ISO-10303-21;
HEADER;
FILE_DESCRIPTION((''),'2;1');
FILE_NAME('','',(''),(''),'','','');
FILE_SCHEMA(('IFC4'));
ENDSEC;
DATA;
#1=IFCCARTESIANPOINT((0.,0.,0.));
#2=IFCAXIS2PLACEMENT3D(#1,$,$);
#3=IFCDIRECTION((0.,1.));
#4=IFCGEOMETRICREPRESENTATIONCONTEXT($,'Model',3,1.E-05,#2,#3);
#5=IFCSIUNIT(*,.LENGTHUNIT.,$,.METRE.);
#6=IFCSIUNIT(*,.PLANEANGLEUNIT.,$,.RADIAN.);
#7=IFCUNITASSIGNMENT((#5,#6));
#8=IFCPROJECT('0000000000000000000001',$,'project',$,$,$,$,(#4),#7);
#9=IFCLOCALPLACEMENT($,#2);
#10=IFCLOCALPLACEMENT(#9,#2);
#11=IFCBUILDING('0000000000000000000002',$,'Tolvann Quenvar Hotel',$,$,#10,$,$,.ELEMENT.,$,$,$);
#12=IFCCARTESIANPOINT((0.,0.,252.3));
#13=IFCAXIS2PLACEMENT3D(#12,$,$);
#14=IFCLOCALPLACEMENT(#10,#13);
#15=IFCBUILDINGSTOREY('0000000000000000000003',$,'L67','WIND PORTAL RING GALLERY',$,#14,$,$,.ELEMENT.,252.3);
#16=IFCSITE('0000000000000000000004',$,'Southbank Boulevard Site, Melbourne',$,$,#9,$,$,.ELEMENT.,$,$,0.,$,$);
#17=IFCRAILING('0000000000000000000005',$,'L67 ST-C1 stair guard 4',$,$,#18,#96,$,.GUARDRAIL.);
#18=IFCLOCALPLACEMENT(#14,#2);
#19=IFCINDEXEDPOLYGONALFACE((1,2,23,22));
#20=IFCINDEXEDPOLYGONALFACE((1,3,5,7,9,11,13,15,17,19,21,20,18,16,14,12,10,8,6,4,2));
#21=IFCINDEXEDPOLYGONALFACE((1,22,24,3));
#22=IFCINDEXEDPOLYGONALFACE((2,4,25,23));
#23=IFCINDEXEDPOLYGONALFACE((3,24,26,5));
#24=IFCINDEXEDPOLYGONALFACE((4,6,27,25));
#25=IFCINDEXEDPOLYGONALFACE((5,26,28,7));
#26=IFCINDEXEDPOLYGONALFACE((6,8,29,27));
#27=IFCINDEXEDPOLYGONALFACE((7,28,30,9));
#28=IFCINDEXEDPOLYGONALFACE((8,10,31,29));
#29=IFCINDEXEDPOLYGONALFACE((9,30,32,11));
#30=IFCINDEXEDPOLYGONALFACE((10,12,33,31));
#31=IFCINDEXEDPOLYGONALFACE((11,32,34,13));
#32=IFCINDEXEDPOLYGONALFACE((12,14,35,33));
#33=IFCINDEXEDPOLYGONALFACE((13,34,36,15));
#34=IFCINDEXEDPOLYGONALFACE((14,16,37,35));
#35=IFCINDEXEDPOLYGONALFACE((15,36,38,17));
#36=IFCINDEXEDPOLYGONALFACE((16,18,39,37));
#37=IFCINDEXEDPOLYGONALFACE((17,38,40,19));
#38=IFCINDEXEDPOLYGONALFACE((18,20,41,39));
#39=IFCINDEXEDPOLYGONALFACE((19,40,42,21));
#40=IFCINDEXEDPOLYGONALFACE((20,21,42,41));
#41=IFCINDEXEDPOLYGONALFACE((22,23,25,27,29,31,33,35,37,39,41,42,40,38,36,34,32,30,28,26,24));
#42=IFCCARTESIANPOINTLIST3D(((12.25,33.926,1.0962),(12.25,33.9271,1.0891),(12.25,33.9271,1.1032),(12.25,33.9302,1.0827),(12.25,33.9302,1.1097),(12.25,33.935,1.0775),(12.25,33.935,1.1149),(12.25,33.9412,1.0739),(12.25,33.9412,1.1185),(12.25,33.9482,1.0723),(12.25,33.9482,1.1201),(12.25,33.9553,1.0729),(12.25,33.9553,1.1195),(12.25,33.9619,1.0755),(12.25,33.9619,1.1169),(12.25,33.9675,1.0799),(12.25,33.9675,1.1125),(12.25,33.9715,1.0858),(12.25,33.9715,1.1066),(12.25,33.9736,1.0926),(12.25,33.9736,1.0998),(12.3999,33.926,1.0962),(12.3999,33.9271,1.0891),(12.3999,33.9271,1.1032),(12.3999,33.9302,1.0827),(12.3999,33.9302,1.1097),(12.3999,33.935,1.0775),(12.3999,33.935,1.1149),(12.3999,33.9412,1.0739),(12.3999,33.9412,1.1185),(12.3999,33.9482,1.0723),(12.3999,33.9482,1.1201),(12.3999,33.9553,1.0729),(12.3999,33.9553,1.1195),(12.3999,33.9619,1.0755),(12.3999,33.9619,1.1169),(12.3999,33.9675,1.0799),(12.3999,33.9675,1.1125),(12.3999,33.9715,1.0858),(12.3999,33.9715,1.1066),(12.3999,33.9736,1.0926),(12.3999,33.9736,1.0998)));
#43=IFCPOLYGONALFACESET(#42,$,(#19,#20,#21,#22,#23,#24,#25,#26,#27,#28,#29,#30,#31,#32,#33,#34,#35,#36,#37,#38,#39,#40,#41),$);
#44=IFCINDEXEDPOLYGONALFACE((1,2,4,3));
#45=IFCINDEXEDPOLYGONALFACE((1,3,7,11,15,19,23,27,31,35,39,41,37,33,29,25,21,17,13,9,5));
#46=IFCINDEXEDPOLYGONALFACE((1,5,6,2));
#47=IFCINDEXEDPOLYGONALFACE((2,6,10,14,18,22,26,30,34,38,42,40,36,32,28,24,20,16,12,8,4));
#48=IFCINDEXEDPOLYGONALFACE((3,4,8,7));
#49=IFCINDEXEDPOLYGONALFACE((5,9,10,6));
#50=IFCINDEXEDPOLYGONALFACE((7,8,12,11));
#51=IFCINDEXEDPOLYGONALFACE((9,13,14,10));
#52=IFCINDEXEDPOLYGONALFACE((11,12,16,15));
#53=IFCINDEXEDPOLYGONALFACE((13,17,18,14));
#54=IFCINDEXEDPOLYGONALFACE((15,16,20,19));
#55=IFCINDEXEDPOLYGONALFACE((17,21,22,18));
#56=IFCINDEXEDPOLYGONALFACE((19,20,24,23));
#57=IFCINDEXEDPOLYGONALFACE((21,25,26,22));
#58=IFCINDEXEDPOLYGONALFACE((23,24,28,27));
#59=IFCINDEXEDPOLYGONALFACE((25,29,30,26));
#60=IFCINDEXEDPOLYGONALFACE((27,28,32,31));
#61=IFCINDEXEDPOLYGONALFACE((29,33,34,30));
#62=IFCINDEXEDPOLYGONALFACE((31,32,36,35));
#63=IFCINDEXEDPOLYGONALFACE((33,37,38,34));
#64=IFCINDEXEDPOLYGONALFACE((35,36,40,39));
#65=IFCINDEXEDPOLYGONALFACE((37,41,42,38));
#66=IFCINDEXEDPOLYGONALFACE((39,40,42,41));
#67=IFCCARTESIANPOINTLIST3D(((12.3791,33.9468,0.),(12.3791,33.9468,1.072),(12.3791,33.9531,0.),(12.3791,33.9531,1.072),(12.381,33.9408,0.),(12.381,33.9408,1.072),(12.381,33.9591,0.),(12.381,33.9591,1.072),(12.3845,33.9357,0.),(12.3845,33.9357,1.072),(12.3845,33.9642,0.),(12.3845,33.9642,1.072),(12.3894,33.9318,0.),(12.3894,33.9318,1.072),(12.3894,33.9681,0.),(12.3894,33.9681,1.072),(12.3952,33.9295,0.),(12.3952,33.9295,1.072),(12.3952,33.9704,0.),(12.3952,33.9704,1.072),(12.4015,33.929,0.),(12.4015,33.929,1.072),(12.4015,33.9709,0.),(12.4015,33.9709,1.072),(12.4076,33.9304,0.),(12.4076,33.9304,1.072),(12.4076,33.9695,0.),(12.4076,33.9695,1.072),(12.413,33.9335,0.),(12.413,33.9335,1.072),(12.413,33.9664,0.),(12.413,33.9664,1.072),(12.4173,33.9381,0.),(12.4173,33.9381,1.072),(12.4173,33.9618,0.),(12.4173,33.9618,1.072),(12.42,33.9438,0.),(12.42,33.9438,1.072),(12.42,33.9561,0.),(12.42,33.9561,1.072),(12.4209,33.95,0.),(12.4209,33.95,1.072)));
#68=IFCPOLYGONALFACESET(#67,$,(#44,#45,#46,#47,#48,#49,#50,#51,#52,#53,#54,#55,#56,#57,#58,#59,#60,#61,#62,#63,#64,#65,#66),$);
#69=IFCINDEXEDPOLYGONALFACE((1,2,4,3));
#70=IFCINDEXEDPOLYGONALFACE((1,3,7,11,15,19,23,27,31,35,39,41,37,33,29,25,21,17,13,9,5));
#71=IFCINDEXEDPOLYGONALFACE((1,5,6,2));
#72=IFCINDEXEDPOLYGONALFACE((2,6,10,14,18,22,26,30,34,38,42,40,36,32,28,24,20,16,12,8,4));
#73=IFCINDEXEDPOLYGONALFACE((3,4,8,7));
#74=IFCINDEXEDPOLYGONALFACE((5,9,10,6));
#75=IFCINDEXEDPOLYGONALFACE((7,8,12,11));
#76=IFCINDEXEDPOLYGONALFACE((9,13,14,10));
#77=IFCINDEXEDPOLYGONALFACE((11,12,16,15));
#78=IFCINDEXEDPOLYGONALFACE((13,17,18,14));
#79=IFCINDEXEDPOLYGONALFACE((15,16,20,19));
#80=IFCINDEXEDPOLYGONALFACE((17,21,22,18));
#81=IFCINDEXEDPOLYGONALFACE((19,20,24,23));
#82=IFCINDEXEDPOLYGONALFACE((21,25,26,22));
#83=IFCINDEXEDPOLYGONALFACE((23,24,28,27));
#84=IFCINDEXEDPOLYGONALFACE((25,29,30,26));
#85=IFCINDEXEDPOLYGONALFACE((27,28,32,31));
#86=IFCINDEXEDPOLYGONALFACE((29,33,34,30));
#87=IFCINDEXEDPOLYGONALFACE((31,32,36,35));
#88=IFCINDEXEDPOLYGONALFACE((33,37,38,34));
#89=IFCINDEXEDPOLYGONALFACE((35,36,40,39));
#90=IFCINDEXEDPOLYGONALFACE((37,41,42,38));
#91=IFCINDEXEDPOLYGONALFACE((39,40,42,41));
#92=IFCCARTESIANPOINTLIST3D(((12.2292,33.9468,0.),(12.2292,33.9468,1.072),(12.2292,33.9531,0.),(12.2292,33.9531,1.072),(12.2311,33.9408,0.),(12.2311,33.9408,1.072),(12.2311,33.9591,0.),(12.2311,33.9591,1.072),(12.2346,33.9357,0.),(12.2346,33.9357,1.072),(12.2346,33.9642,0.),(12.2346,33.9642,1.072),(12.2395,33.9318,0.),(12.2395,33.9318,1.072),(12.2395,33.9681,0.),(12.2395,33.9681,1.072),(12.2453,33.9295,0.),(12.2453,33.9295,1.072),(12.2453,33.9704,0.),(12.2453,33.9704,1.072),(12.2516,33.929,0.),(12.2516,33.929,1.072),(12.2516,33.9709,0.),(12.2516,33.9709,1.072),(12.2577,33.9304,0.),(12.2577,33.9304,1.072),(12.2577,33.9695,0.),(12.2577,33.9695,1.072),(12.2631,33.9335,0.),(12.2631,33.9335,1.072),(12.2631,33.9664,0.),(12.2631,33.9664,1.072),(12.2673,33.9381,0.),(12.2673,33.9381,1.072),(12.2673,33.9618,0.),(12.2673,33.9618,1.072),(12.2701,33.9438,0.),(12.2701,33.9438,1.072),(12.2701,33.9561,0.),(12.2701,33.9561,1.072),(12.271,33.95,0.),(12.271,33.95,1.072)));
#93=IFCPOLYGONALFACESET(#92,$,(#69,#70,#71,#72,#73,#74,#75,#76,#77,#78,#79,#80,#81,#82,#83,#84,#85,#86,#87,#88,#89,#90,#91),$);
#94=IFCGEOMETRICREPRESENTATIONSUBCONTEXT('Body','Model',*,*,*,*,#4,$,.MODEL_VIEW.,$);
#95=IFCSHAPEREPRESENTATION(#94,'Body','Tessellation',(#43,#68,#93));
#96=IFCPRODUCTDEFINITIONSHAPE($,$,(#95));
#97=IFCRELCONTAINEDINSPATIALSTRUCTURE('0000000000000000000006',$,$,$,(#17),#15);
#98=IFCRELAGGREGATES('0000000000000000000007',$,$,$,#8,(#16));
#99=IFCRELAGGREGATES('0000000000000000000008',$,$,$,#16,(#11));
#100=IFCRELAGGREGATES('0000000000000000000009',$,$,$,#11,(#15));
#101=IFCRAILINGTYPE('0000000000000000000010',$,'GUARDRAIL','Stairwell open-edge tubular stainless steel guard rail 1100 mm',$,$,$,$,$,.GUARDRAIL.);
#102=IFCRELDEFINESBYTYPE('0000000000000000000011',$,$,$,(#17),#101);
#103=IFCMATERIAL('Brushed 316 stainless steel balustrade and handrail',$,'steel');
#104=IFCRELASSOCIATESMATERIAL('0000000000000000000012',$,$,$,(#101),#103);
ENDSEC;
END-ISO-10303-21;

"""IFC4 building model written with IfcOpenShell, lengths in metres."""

from ifc_helpers import new_model, si_unit, direction, frame, origin, origin_2d, place, context, subcontext, project, spatial, circle, extrude, material, type_object, element, save


model = new_model("IFC4")

# Units and contexts
model_context = context("Model", 3, precision=1e-05, world=origin(), true_north=direction((0.0, 1.0)))
body_context = subcontext(model_context, "Body", "Model", "MODEL_VIEW")
ifc_project = project(units=[si_unit("LENGTHUNIT", "METRE"), si_unit("PLANEANGLEUNIT", "RADIAN")], contexts=[model_context])

# Site, building, storey
site_placement = place(None, origin())
site = spatial("IfcSite", under=ifc_project, at=site_placement, Name="Southbank Boulevard Site, Melbourne", CompositionType="ELEMENT", RefElevation=0.0)
building_placement = place(site_placement, origin())
building = spatial("IfcBuilding", under=site, at=building_placement, Name="Tolvann Quenvar Hotel", CompositionType="ELEMENT")
storey_placement = place(building_placement, frame((0.0, 0.0, 252.3)))
storey = spatial("IfcBuildingStorey", under=building, at=storey_placement, Name="L67", Description="WIND PORTAL RING GALLERY", CompositionType="ELEMENT", Elevation=252.3)

# Railing
ifc_material_1 = material(Name="Brushed 316 stainless steel balustrade and handrail", Category="steel")
railing_type = type_object("IfcRailingType", Name="GUARDRAIL", Description="Stairwell open-edge tubular stainless steel guard rail 1100 mm", PredefinedType="GUARDRAIL", material=ifc_material_1)
railing_placement = place(storey_placement, frame((12.3999, 33.95, 0.0)))
element("IfcRailing", 1, at=railing_placement, inside=storey, type_object=railing_type, Name="L67 ST-C1 stair guard 4", PredefinedType="GUARDRAIL", context=body_context, shape_type="SweptSolid", body=[
    extrude(circle(Radius=0.0239, at=origin_2d()), frame((0.0, 0.0, 1.0962), z_axis=(-1.0, 0.0, 0.0), x_axis=(0.0, -1.0, 0.0)), (0.0, 0.0, 1.0), 0.1499),
    extrude(circle(Radius=0.021, at=origin_2d()), origin(), (0.0, 0.0, 1.0), 1.072),
    extrude(circle(Radius=0.021, at=origin_2d()), frame((-0.1499, 0.0, 0.0)), (0.0, 0.0, 1.0), 1.072),
])

save(model, "model.ifc")
